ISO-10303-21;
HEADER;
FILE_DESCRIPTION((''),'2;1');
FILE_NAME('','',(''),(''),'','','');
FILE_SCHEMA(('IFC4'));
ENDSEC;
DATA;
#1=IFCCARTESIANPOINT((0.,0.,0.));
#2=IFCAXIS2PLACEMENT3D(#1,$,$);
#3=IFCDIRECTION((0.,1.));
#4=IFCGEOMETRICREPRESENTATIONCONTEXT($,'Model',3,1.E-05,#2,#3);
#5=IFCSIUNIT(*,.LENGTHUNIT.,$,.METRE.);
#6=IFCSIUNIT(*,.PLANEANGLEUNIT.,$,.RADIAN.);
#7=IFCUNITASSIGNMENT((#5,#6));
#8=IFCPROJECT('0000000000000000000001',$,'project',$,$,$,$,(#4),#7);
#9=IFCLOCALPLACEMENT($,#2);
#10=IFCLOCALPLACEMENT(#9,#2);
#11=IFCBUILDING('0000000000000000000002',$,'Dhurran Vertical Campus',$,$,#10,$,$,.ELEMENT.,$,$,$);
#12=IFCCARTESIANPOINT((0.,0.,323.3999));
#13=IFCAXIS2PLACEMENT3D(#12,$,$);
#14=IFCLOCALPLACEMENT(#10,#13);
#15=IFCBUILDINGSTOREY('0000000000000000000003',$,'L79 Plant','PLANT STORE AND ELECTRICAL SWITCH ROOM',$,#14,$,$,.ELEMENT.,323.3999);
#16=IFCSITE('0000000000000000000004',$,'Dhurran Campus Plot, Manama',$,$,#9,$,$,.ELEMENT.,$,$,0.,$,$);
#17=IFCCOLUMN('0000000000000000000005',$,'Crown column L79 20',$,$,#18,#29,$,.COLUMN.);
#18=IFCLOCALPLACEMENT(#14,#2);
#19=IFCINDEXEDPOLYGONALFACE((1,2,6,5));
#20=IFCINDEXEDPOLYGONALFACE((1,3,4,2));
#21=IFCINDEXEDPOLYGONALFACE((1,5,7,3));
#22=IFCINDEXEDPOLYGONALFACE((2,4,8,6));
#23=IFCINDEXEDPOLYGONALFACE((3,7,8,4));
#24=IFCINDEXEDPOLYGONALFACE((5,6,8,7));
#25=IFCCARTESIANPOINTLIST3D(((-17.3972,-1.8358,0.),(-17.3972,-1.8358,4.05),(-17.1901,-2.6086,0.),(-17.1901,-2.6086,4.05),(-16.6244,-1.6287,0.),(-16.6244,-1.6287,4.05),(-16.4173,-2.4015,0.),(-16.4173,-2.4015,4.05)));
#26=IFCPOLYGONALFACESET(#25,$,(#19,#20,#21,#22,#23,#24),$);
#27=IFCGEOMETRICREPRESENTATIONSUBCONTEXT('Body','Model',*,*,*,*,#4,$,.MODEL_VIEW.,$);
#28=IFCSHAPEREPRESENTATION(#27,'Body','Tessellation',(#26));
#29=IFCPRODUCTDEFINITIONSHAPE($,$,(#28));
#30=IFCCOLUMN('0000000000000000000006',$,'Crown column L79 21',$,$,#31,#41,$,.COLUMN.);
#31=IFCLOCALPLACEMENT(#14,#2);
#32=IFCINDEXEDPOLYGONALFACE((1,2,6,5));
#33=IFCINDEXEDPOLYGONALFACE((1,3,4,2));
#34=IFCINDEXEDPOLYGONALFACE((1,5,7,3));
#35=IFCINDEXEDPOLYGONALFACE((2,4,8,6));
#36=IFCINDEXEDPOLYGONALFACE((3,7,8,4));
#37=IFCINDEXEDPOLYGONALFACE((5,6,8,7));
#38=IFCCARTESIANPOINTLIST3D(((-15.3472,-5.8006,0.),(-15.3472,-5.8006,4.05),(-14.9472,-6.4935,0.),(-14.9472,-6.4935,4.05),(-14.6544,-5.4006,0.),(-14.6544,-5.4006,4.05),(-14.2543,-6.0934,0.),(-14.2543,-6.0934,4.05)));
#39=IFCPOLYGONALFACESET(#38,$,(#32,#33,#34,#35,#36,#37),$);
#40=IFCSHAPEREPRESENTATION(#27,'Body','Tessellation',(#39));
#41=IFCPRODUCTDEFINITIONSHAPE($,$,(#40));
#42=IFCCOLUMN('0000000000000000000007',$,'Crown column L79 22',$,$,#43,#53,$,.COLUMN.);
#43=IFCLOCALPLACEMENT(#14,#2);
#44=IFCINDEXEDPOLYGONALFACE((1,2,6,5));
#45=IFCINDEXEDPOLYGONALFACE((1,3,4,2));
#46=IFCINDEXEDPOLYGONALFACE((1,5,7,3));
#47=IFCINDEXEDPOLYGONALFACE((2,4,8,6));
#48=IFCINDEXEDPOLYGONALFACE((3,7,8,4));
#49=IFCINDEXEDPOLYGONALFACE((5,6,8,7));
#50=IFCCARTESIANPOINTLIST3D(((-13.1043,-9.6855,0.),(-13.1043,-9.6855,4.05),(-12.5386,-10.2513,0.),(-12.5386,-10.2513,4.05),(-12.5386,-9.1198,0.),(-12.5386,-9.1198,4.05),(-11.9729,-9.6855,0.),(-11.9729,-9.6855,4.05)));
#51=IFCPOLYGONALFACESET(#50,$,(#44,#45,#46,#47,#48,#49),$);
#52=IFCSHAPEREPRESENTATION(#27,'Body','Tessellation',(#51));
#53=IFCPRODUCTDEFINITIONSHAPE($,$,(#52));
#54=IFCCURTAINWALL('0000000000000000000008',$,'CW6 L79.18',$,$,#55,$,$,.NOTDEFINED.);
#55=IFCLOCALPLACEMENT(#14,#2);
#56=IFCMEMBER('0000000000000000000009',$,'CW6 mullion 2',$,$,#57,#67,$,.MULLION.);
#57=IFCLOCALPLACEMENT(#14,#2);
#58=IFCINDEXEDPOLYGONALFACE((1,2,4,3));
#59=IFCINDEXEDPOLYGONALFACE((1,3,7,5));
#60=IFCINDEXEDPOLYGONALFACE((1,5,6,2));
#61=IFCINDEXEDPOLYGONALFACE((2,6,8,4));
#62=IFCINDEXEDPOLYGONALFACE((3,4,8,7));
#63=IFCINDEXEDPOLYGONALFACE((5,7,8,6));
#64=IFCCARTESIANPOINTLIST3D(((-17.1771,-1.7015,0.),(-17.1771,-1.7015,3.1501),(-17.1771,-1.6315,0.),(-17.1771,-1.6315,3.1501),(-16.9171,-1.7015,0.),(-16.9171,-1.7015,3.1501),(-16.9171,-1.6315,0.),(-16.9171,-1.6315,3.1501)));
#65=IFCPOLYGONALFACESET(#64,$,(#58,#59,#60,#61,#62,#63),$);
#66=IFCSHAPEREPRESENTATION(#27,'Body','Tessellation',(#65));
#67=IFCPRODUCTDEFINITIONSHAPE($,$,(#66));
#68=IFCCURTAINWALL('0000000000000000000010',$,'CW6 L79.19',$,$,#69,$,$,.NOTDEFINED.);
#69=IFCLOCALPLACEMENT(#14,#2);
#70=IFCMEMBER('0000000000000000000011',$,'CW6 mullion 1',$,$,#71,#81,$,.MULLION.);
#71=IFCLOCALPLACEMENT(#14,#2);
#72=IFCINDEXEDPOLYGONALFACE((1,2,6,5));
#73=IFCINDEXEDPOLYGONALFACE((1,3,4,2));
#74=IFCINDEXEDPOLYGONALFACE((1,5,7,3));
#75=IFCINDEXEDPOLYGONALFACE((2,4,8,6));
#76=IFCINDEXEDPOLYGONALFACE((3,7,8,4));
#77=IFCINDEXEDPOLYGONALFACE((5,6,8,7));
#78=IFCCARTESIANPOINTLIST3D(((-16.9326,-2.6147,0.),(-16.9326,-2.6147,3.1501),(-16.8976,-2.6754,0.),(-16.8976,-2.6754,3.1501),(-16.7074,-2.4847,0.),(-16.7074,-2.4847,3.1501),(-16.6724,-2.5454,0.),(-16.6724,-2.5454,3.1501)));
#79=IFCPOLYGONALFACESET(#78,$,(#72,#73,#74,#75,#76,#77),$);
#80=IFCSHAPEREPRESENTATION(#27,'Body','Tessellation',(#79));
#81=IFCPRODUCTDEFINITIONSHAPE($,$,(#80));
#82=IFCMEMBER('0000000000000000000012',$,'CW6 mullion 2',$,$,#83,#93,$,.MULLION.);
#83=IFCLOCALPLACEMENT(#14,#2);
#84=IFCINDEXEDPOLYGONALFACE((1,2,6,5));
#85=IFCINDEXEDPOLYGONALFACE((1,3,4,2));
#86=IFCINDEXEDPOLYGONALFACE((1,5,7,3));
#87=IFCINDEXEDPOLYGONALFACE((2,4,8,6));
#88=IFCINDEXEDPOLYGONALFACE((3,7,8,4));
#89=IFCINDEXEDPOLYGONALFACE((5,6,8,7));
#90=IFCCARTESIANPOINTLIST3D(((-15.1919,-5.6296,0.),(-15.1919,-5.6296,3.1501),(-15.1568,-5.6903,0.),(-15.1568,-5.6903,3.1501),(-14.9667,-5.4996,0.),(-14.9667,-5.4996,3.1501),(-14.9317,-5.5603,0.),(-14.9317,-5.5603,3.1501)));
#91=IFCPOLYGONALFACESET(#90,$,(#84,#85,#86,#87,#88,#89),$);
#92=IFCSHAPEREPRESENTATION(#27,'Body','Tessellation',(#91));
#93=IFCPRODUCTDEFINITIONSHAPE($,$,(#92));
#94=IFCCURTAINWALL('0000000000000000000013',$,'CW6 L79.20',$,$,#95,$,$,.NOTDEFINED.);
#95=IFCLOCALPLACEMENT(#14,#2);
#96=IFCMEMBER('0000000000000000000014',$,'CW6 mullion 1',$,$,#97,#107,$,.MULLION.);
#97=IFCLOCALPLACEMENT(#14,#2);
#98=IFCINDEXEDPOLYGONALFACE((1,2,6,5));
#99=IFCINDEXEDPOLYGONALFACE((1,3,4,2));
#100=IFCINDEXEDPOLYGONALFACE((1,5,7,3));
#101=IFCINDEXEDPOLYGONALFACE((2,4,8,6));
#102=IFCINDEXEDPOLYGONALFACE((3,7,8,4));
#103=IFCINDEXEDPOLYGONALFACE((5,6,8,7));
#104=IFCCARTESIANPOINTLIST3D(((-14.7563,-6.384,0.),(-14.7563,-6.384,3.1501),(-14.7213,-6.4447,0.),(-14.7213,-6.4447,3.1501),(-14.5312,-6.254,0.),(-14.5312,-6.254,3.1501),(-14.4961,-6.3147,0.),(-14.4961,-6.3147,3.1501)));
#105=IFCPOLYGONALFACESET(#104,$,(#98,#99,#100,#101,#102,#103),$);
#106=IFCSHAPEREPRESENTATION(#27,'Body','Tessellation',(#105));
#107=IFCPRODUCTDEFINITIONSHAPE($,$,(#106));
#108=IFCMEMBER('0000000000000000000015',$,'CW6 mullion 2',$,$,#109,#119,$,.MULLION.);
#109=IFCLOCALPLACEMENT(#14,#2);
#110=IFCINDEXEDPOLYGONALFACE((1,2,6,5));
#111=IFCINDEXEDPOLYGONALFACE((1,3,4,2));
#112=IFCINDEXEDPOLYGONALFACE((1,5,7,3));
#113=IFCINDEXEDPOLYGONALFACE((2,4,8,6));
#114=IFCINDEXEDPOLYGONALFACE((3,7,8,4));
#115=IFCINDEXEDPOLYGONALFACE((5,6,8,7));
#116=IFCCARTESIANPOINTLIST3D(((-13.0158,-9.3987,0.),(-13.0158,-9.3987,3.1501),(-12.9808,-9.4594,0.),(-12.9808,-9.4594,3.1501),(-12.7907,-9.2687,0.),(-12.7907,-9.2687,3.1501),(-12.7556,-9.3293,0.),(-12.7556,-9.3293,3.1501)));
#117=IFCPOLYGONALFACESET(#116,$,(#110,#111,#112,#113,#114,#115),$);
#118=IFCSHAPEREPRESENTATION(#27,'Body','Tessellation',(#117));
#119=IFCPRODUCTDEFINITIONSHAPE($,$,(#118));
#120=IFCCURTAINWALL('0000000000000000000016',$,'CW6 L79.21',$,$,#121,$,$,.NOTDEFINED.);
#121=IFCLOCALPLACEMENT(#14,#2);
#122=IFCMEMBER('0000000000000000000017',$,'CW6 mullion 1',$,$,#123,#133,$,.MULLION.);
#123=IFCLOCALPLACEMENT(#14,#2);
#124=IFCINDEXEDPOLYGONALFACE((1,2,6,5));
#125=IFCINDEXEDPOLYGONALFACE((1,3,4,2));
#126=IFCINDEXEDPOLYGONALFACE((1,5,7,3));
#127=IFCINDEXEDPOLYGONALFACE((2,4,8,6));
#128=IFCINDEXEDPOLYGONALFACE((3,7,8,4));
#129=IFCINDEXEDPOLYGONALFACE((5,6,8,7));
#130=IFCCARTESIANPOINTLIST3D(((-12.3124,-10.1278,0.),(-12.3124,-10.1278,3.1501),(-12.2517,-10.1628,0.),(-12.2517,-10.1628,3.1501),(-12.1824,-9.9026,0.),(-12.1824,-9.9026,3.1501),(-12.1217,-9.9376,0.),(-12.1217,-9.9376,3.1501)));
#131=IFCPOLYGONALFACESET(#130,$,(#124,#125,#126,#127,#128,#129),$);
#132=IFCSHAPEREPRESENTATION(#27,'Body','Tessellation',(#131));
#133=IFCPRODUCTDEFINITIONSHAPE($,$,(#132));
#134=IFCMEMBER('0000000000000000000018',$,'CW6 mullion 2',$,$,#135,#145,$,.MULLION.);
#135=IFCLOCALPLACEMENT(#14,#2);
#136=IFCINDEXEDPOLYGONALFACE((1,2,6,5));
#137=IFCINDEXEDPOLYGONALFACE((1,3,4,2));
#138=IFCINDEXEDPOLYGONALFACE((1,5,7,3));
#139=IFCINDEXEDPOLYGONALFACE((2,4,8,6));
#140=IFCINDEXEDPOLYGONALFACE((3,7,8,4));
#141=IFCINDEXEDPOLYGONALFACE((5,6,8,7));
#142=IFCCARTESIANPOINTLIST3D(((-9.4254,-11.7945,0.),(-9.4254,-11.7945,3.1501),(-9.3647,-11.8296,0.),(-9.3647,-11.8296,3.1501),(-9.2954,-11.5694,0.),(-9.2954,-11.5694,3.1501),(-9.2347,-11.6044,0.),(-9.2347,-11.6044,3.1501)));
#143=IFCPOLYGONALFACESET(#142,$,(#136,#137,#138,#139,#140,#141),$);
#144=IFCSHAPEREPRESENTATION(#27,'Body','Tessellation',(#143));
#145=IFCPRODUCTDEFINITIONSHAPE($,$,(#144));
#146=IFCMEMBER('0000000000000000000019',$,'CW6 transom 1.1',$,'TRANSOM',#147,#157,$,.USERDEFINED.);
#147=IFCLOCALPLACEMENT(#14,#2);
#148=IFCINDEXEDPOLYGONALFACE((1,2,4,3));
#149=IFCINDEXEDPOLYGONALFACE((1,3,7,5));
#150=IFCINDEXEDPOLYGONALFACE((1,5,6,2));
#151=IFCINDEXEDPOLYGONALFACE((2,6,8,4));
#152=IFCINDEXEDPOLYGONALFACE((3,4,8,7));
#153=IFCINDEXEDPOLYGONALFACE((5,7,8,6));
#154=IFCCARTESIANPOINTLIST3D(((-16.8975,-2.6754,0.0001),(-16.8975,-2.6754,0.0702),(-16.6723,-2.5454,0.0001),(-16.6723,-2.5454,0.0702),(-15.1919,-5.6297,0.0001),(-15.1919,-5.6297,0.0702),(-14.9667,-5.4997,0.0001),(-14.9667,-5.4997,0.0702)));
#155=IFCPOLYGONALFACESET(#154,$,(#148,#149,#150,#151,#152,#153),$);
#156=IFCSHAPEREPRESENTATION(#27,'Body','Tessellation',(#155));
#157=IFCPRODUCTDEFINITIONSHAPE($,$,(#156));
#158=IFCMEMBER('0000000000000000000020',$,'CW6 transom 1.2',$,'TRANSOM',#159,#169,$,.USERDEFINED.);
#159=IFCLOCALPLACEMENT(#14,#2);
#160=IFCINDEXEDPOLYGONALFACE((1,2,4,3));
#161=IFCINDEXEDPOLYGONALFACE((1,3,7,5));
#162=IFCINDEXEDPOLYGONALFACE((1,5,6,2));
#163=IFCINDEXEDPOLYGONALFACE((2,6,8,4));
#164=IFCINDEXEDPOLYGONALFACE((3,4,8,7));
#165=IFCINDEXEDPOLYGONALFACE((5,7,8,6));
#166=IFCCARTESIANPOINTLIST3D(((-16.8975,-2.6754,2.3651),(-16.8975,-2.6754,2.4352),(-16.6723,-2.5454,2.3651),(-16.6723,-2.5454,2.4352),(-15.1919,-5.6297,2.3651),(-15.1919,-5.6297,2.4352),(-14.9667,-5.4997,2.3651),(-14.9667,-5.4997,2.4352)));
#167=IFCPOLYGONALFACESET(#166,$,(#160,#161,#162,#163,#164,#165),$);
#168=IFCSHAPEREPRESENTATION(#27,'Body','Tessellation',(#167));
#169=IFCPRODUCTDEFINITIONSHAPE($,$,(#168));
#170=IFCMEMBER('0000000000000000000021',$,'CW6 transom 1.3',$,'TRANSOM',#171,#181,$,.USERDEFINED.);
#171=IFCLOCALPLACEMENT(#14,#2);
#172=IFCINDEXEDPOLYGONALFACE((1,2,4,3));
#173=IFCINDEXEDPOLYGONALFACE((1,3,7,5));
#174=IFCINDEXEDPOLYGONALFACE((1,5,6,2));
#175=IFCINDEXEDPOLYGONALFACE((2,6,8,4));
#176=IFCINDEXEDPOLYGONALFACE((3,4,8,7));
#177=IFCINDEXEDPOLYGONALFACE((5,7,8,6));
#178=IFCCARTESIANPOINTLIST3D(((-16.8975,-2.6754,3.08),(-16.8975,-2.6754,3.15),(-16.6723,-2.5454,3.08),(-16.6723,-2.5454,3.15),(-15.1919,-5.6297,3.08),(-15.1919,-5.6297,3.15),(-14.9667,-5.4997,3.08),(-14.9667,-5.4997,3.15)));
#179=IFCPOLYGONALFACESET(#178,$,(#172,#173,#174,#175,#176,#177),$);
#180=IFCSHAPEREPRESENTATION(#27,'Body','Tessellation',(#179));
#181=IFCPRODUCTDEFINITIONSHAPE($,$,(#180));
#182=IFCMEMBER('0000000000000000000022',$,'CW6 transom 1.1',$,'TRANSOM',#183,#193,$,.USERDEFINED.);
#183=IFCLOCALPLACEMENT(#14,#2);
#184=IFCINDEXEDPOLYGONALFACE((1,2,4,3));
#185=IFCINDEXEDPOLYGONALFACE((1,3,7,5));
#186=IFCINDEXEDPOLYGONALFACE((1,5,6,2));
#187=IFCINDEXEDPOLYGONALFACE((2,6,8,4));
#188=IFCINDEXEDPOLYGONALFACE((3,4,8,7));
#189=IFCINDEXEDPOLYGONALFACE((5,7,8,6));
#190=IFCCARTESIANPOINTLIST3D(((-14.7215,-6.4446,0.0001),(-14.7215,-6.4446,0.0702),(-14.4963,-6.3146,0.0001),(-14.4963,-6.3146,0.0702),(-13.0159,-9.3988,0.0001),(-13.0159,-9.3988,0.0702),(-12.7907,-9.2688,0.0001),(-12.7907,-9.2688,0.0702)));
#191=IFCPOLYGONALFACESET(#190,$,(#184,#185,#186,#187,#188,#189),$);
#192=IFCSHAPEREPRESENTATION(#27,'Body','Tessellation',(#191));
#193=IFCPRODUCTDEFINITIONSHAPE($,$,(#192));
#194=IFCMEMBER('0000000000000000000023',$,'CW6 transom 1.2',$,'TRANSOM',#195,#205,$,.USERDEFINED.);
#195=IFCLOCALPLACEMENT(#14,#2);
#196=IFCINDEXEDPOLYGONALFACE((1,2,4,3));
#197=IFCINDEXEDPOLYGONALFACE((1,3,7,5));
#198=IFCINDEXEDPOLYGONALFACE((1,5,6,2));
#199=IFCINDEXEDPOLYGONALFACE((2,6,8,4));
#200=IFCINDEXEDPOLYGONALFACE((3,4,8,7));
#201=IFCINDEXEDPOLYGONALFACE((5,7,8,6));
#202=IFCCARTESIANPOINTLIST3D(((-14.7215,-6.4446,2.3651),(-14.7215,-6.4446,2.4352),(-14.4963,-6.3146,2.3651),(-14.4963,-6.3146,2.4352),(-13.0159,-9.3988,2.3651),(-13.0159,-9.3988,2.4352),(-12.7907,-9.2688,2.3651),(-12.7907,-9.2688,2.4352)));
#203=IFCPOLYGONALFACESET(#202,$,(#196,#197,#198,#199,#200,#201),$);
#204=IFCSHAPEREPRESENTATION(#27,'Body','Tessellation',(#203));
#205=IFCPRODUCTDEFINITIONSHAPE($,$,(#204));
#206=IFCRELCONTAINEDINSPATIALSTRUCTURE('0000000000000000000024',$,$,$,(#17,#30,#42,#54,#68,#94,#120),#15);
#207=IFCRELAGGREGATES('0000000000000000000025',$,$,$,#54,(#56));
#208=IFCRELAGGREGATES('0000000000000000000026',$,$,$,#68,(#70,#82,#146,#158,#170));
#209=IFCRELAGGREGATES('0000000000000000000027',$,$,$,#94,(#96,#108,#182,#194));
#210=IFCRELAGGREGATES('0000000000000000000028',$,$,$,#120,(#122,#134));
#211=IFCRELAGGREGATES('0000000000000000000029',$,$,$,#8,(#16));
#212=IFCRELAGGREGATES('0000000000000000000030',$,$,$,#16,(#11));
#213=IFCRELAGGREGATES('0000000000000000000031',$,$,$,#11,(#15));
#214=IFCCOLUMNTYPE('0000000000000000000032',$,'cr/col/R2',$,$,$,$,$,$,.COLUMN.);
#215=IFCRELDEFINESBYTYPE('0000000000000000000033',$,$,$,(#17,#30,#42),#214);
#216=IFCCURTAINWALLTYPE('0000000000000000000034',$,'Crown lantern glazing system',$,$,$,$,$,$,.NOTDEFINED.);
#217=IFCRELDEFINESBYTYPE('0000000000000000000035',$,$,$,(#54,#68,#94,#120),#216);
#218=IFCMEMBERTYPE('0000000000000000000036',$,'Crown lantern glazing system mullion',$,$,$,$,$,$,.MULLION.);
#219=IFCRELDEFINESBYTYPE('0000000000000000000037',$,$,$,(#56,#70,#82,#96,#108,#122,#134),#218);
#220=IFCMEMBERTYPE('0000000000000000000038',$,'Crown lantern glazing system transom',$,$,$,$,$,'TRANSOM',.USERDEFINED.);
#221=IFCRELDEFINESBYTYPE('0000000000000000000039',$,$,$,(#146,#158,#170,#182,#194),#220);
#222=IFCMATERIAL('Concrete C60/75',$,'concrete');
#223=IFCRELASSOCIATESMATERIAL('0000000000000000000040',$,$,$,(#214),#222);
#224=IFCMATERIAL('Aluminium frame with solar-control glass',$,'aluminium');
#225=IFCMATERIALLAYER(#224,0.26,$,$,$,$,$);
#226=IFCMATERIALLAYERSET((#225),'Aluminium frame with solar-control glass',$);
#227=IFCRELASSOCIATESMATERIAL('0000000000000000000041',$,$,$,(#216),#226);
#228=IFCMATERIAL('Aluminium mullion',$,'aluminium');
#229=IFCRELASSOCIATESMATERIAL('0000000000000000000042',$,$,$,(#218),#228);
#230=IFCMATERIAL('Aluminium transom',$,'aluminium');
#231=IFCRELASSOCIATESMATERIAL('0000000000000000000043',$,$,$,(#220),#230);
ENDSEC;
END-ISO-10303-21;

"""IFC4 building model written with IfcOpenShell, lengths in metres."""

from ifc_helpers import new_model, si_unit, direction, frame, origin, origin_2d, place, context, subcontext, project, spatial, rectangle, extrude, material, layer, layer_set, material_profile, profile_set, type_object, element, aggregate, save


model = new_model("IFC4")

# Units and contexts
model_context = context("Model", 3, precision=1e-05, world=origin(), true_north=direction((0.0, 1.0)))
body_context = subcontext(model_context, "Body", "Model", "MODEL_VIEW")
ifc_project = project(units=[si_unit("LENGTHUNIT", "METRE"), si_unit("PLANEANGLEUNIT", "RADIAN")], contexts=[model_context])

# Site, building, storey
site_placement = place(None, origin())
site = spatial("IfcSite", under=ifc_project, at=site_placement, Name="Dhurran Campus Plot, Manama", CompositionType="ELEMENT", RefElevation=0.0)
building_placement = place(site_placement, origin())
building = spatial("IfcBuilding", under=site, at=building_placement, Name="Dhurran Vertical Campus", CompositionType="ELEMENT")
storey_placement = place(building_placement, frame((0.0, 0.0, 323.3999)))
storey = spatial("IfcBuildingStorey", under=building, at=storey_placement, Name="L79 Plant", Description="PLANT STORE AND ELECTRICAL SWITCH ROOM", CompositionType="ELEMENT", Elevation=323.3999)

# Columns
ifc_material_1 = material(Name="Concrete C60/75", Category="concrete")
ifc_material_profile_1 = material_profile(ifc_material_1, rectangle(XDim=0.8, YDim=0.8, at=origin_2d()), Name="cr/col/R2")
ifc_profile_set_1 = profile_set([ifc_material_profile_1], Name="Concrete C60/75")
column_type = type_object("IfcColumnType", Name="cr/col/R2", PredefinedType="COLUMN", material=ifc_profile_set_1)
for number, where, z_axis, x_axis, name in (
    (1, (-16.9072, -2.1187, 0.0), (0.0, 0.0, 1.0), (0.258819, -0.965926, 0.0), "Crown column L79 20"),
    (2, (-14.8008, -5.947, 0.0), (0.0, 0.0, 1.0), (0.5, -0.866025, 0.0), "Crown column L79 21"),
    (3, (-12.5386, -9.6855, 0.0), (0.0, 0.0, 1.0), (0.707107, -0.707107, 0.0), "Crown column L79 22"),
):
    element("IfcColumn", number, at=place(storey_placement, frame(where, z_axis=z_axis, x_axis=x_axis)), inside=storey, type_object=column_type, Name=name, PredefinedType="COLUMN", context=body_context, shape_type="SweptSolid", body=[
        extrude(rectangle(XDim=0.8, YDim=0.8, at=origin_2d()), origin(), (0.0, 0.0, 1.0), 4.05),
    ])

# Curtain wall, member
ifc_material_2 = material(Name="Aluminium frame with solar-control glass", Category="aluminium")
ifc_layer_1 = layer(ifc_material_2, 0.26)
ifc_layer_set_1 = layer_set([ifc_layer_1], Name="Aluminium frame with solar-control glass")
curtain_wall_type = type_object("IfcCurtainWallType", Name="Crown lantern glazing system", PredefinedType="NOTDEFINED", material=ifc_layer_set_1)
curtain_wall_1_placement = place(storey_placement, origin())
curtain_wall_1 = element("IfcCurtainWall", 4, at=curtain_wall_1_placement, inside=storey, type_object=curtain_wall_type, Name="CW6 L79.18", PredefinedType="NOTDEFINED")
ifc_material_3 = material(Name="Aluminium mullion", Category="aluminium")
ifc_material_profile_2 = material_profile(ifc_material_3, rectangle(XDim=0.26, YDim=0.0701, at=origin_2d()), Name="Crown lantern glazing system mullion")
ifc_profile_set_2 = profile_set([ifc_material_profile_2], Name="Aluminium mullion")
member_type_1 = type_object("IfcMemberType", Name="Crown lantern glazing system mullion", PredefinedType="MULLION", material=ifc_profile_set_2)
member_1_placement = place(storey_placement, frame((-17.0471, -1.6665, 0.0), z_axis=(0.0, 0.0, 1.0), x_axis=(1.0, 0.0, 0.0)))
member_1 = element("IfcMember", 5, at=member_1_placement, type_object=member_type_1, Name="CW6 mullion 2", PredefinedType="MULLION", context=body_context, shape_type="SweptSolid", body=[
    extrude(rectangle(XDim=0.26, YDim=0.0701, at=origin_2d()), origin(), (0.0, 0.0, 1.0), 3.1501),
])

# Curtain walls, members
curtain_wall_2_placement = place(storey_placement, origin())
curtain_wall_2 = element("IfcCurtainWall", 6, at=curtain_wall_2_placement, inside=storey, type_object=curtain_wall_type, Name="CW6 L79.19", PredefinedType="NOTDEFINED")
member_2_placement = place(storey_placement, frame((-16.8025, -2.5801, 0.0), z_axis=(0.0, 0.0, 1.0), x_axis=(0.86603, 0.499991, 0.0)))
member_2 = element("IfcMember", 7, at=member_2_placement, type_object=member_type_1, Name="CW6 mullion 1", PredefinedType="MULLION", context=body_context, shape_type="SweptSolid", body=[
    extrude(rectangle(XDim=0.26, YDim=0.0701, at=origin_2d()), origin(), (0.0, 0.0, 1.0), 3.1501),
])
member_3_placement = place(storey_placement, frame((-15.0618, -5.595, 0.0), z_axis=(0.0, 0.0, 1.0), x_axis=(0.86603, 0.499991, 0.0)))
member_3 = element("IfcMember", 8, at=member_3_placement, type_object=member_type_1, Name="CW6 mullion 2", PredefinedType="MULLION", context=body_context, shape_type="SweptSolid", body=[
    extrude(rectangle(XDim=0.26, YDim=0.0701, at=origin_2d()), origin(), (0.0, 0.0, 1.0), 3.1501),
])
curtain_wall_3_placement = place(storey_placement, origin())
curtain_wall_3 = element("IfcCurtainWall", 9, at=curtain_wall_3_placement, inside=storey, type_object=curtain_wall_type, Name="CW6 L79.20", PredefinedType="NOTDEFINED")
member_4_placement = place(storey_placement, frame((-14.6262, -6.3494, 0.0), z_axis=(0.0, 0.0, 1.0), x_axis=(0.866016, 0.500016, 0.0)))
member_4 = element("IfcMember", 10, at=member_4_placement, type_object=member_type_1, Name="CW6 mullion 1", PredefinedType="MULLION", context=body_context, shape_type="SweptSolid", body=[
    extrude(rectangle(XDim=0.26, YDim=0.0701, at=origin_2d()), origin(), (0.0, 0.0, 1.0), 3.1501),
])
member_5_placement = place(storey_placement, frame((-12.8857, -9.364, 0.0), z_axis=(0.0, 0.0, 1.0), x_axis=(0.866016, 0.500016, 0.0)))
member_5 = element("IfcMember", 11, at=member_5_placement, type_object=member_type_1, Name="CW6 mullion 2", PredefinedType="MULLION", context=body_context, shape_type="SweptSolid", body=[
    extrude(rectangle(XDim=0.26, YDim=0.0701, at=origin_2d()), origin(), (0.0, 0.0, 1.0), 3.1501),
])
curtain_wall_4_placement = place(storey_placement, origin())
curtain_wall_4 = element("IfcCurtainWall", 12, at=curtain_wall_4_placement, inside=storey, type_object=curtain_wall_type, Name="CW6 L79.21", PredefinedType="NOTDEFINED")
member_6_placement = place(storey_placement, frame((-12.217, -10.0327, 0.0), z_axis=(0.0, 0.0, 1.0), x_axis=(0.499991, 0.86603, 0.0)))
member_6 = element("IfcMember", 13, at=member_6_placement, type_object=member_type_1, Name="CW6 mullion 1", PredefinedType="MULLION", context=body_context, shape_type="SweptSolid", body=[
    extrude(rectangle(XDim=0.26, YDim=0.0701, at=origin_2d()), origin(), (0.0, 0.0, 1.0), 3.1501),
])
member_7_placement = place(storey_placement, frame((-9.3301, -11.6995, 0.0), z_axis=(0.0, 0.0, 1.0), x_axis=(0.499991, 0.86603, 0.0)))
member_7 = element("IfcMember", 14, at=member_7_placement, type_object=member_type_1, Name="CW6 mullion 2", PredefinedType="MULLION", context=body_context, shape_type="SweptSolid", body=[
    extrude(rectangle(XDim=0.26, YDim=0.0701, at=origin_2d()), origin(), (0.0, 0.0, 1.0), 3.1501),
])

# Members
ifc_material_4 = material(Name="Aluminium transom", Category="aluminium")
ifc_material_profile_3 = material_profile(ifc_material_4, rectangle(XDim=0.26, YDim=0.0701, at=origin_2d()), Name="Crown lantern glazing system transom")
ifc_profile_set_3 = profile_set([ifc_material_profile_3], Name="Aluminium transom")
member_type_2 = type_object("IfcMemberType", Name="Crown lantern glazing system transom", ElementType="TRANSOM", PredefinedType="USERDEFINED", material=ifc_profile_set_3)
member_8_placement = place(storey_placement, frame((-16.7849, -2.6104, 0.0352), z_axis=(0.499972, -0.866041, 0.0), x_axis=(0.866041, 0.499972, 0.0)))
member_8 = element("IfcMember", 15, at=member_8_placement, type_object=member_type_2, Name="CW6 transom 1.1", ObjectType="TRANSOM", PredefinedType="USERDEFINED", context=body_context, shape_type="SweptSolid", body=[
    extrude(rectangle(XDim=0.26, YDim=0.0701, at=origin_2d()), origin(), (0.0, 0.0, 1.0), 3.4114),
])
member_9_placement = place(storey_placement, frame((-16.7849, -2.6104, 2.4001), z_axis=(0.499972, -0.866041, 0.0), x_axis=(0.866041, 0.499972, 0.0)))
member_9 = element("IfcMember", 16, at=member_9_placement, type_object=member_type_2, Name="CW6 transom 1.2", ObjectType="TRANSOM", PredefinedType="USERDEFINED", context=body_context, shape_type="SweptSolid", body=[
    extrude(rectangle(XDim=0.26, YDim=0.0701, at=origin_2d()), origin(), (0.0, 0.0, 1.0), 3.4114),
])
member_10_placement = place(storey_placement, frame((-16.7849, -2.6104, 3.115), z_axis=(0.499972, -0.866041, 0.0), x_axis=(0.866041, 0.499972, 0.0)))
member_10 = element("IfcMember", 17, at=member_10_placement, type_object=member_type_2, Name="CW6 transom 1.3", ObjectType="TRANSOM", PredefinedType="USERDEFINED", context=body_context, shape_type="SweptSolid", body=[
    extrude(rectangle(XDim=0.26, YDim=0.0701, at=origin_2d()), origin(), (0.0, 0.0, 1.0), 3.4114),
])
member_11_placement = place(storey_placement, frame((-14.6089, -6.3796, 0.0352), z_axis=(0.500003, -0.866023, 0.0), x_axis=(0.866023, 0.500003, 0.0)))
member_11 = element("IfcMember", 18, at=member_11_placement, type_object=member_type_2, Name="CW6 transom 1.1", ObjectType="TRANSOM", PredefinedType="USERDEFINED", context=body_context, shape_type="SweptSolid", body=[
    extrude(rectangle(XDim=0.26, YDim=0.0701, at=origin_2d()), origin(), (0.0, 0.0, 1.0), 3.4111),
])
member_12_placement = place(storey_placement, frame((-14.6089, -6.3796, 2.4001), z_axis=(0.500003, -0.866023, 0.0), x_axis=(0.866023, 0.500003, 0.0)))
member_12 = element("IfcMember", 19, at=member_12_placement, type_object=member_type_2, Name="CW6 transom 1.2", ObjectType="TRANSOM", PredefinedType="USERDEFINED", context=body_context, shape_type="SweptSolid", body=[
    extrude(rectangle(XDim=0.26, YDim=0.0701, at=origin_2d()), origin(), (0.0, 0.0, 1.0), 3.4111),
])

aggregate(curtain_wall_1, [member_1])
aggregate(curtain_wall_2, [member_2, member_3, member_8, member_9, member_10])
aggregate(curtain_wall_3, [member_4, member_5, member_11, member_12])
aggregate(curtain_wall_4, [member_6, member_7])

save(model, "model.ifc")
